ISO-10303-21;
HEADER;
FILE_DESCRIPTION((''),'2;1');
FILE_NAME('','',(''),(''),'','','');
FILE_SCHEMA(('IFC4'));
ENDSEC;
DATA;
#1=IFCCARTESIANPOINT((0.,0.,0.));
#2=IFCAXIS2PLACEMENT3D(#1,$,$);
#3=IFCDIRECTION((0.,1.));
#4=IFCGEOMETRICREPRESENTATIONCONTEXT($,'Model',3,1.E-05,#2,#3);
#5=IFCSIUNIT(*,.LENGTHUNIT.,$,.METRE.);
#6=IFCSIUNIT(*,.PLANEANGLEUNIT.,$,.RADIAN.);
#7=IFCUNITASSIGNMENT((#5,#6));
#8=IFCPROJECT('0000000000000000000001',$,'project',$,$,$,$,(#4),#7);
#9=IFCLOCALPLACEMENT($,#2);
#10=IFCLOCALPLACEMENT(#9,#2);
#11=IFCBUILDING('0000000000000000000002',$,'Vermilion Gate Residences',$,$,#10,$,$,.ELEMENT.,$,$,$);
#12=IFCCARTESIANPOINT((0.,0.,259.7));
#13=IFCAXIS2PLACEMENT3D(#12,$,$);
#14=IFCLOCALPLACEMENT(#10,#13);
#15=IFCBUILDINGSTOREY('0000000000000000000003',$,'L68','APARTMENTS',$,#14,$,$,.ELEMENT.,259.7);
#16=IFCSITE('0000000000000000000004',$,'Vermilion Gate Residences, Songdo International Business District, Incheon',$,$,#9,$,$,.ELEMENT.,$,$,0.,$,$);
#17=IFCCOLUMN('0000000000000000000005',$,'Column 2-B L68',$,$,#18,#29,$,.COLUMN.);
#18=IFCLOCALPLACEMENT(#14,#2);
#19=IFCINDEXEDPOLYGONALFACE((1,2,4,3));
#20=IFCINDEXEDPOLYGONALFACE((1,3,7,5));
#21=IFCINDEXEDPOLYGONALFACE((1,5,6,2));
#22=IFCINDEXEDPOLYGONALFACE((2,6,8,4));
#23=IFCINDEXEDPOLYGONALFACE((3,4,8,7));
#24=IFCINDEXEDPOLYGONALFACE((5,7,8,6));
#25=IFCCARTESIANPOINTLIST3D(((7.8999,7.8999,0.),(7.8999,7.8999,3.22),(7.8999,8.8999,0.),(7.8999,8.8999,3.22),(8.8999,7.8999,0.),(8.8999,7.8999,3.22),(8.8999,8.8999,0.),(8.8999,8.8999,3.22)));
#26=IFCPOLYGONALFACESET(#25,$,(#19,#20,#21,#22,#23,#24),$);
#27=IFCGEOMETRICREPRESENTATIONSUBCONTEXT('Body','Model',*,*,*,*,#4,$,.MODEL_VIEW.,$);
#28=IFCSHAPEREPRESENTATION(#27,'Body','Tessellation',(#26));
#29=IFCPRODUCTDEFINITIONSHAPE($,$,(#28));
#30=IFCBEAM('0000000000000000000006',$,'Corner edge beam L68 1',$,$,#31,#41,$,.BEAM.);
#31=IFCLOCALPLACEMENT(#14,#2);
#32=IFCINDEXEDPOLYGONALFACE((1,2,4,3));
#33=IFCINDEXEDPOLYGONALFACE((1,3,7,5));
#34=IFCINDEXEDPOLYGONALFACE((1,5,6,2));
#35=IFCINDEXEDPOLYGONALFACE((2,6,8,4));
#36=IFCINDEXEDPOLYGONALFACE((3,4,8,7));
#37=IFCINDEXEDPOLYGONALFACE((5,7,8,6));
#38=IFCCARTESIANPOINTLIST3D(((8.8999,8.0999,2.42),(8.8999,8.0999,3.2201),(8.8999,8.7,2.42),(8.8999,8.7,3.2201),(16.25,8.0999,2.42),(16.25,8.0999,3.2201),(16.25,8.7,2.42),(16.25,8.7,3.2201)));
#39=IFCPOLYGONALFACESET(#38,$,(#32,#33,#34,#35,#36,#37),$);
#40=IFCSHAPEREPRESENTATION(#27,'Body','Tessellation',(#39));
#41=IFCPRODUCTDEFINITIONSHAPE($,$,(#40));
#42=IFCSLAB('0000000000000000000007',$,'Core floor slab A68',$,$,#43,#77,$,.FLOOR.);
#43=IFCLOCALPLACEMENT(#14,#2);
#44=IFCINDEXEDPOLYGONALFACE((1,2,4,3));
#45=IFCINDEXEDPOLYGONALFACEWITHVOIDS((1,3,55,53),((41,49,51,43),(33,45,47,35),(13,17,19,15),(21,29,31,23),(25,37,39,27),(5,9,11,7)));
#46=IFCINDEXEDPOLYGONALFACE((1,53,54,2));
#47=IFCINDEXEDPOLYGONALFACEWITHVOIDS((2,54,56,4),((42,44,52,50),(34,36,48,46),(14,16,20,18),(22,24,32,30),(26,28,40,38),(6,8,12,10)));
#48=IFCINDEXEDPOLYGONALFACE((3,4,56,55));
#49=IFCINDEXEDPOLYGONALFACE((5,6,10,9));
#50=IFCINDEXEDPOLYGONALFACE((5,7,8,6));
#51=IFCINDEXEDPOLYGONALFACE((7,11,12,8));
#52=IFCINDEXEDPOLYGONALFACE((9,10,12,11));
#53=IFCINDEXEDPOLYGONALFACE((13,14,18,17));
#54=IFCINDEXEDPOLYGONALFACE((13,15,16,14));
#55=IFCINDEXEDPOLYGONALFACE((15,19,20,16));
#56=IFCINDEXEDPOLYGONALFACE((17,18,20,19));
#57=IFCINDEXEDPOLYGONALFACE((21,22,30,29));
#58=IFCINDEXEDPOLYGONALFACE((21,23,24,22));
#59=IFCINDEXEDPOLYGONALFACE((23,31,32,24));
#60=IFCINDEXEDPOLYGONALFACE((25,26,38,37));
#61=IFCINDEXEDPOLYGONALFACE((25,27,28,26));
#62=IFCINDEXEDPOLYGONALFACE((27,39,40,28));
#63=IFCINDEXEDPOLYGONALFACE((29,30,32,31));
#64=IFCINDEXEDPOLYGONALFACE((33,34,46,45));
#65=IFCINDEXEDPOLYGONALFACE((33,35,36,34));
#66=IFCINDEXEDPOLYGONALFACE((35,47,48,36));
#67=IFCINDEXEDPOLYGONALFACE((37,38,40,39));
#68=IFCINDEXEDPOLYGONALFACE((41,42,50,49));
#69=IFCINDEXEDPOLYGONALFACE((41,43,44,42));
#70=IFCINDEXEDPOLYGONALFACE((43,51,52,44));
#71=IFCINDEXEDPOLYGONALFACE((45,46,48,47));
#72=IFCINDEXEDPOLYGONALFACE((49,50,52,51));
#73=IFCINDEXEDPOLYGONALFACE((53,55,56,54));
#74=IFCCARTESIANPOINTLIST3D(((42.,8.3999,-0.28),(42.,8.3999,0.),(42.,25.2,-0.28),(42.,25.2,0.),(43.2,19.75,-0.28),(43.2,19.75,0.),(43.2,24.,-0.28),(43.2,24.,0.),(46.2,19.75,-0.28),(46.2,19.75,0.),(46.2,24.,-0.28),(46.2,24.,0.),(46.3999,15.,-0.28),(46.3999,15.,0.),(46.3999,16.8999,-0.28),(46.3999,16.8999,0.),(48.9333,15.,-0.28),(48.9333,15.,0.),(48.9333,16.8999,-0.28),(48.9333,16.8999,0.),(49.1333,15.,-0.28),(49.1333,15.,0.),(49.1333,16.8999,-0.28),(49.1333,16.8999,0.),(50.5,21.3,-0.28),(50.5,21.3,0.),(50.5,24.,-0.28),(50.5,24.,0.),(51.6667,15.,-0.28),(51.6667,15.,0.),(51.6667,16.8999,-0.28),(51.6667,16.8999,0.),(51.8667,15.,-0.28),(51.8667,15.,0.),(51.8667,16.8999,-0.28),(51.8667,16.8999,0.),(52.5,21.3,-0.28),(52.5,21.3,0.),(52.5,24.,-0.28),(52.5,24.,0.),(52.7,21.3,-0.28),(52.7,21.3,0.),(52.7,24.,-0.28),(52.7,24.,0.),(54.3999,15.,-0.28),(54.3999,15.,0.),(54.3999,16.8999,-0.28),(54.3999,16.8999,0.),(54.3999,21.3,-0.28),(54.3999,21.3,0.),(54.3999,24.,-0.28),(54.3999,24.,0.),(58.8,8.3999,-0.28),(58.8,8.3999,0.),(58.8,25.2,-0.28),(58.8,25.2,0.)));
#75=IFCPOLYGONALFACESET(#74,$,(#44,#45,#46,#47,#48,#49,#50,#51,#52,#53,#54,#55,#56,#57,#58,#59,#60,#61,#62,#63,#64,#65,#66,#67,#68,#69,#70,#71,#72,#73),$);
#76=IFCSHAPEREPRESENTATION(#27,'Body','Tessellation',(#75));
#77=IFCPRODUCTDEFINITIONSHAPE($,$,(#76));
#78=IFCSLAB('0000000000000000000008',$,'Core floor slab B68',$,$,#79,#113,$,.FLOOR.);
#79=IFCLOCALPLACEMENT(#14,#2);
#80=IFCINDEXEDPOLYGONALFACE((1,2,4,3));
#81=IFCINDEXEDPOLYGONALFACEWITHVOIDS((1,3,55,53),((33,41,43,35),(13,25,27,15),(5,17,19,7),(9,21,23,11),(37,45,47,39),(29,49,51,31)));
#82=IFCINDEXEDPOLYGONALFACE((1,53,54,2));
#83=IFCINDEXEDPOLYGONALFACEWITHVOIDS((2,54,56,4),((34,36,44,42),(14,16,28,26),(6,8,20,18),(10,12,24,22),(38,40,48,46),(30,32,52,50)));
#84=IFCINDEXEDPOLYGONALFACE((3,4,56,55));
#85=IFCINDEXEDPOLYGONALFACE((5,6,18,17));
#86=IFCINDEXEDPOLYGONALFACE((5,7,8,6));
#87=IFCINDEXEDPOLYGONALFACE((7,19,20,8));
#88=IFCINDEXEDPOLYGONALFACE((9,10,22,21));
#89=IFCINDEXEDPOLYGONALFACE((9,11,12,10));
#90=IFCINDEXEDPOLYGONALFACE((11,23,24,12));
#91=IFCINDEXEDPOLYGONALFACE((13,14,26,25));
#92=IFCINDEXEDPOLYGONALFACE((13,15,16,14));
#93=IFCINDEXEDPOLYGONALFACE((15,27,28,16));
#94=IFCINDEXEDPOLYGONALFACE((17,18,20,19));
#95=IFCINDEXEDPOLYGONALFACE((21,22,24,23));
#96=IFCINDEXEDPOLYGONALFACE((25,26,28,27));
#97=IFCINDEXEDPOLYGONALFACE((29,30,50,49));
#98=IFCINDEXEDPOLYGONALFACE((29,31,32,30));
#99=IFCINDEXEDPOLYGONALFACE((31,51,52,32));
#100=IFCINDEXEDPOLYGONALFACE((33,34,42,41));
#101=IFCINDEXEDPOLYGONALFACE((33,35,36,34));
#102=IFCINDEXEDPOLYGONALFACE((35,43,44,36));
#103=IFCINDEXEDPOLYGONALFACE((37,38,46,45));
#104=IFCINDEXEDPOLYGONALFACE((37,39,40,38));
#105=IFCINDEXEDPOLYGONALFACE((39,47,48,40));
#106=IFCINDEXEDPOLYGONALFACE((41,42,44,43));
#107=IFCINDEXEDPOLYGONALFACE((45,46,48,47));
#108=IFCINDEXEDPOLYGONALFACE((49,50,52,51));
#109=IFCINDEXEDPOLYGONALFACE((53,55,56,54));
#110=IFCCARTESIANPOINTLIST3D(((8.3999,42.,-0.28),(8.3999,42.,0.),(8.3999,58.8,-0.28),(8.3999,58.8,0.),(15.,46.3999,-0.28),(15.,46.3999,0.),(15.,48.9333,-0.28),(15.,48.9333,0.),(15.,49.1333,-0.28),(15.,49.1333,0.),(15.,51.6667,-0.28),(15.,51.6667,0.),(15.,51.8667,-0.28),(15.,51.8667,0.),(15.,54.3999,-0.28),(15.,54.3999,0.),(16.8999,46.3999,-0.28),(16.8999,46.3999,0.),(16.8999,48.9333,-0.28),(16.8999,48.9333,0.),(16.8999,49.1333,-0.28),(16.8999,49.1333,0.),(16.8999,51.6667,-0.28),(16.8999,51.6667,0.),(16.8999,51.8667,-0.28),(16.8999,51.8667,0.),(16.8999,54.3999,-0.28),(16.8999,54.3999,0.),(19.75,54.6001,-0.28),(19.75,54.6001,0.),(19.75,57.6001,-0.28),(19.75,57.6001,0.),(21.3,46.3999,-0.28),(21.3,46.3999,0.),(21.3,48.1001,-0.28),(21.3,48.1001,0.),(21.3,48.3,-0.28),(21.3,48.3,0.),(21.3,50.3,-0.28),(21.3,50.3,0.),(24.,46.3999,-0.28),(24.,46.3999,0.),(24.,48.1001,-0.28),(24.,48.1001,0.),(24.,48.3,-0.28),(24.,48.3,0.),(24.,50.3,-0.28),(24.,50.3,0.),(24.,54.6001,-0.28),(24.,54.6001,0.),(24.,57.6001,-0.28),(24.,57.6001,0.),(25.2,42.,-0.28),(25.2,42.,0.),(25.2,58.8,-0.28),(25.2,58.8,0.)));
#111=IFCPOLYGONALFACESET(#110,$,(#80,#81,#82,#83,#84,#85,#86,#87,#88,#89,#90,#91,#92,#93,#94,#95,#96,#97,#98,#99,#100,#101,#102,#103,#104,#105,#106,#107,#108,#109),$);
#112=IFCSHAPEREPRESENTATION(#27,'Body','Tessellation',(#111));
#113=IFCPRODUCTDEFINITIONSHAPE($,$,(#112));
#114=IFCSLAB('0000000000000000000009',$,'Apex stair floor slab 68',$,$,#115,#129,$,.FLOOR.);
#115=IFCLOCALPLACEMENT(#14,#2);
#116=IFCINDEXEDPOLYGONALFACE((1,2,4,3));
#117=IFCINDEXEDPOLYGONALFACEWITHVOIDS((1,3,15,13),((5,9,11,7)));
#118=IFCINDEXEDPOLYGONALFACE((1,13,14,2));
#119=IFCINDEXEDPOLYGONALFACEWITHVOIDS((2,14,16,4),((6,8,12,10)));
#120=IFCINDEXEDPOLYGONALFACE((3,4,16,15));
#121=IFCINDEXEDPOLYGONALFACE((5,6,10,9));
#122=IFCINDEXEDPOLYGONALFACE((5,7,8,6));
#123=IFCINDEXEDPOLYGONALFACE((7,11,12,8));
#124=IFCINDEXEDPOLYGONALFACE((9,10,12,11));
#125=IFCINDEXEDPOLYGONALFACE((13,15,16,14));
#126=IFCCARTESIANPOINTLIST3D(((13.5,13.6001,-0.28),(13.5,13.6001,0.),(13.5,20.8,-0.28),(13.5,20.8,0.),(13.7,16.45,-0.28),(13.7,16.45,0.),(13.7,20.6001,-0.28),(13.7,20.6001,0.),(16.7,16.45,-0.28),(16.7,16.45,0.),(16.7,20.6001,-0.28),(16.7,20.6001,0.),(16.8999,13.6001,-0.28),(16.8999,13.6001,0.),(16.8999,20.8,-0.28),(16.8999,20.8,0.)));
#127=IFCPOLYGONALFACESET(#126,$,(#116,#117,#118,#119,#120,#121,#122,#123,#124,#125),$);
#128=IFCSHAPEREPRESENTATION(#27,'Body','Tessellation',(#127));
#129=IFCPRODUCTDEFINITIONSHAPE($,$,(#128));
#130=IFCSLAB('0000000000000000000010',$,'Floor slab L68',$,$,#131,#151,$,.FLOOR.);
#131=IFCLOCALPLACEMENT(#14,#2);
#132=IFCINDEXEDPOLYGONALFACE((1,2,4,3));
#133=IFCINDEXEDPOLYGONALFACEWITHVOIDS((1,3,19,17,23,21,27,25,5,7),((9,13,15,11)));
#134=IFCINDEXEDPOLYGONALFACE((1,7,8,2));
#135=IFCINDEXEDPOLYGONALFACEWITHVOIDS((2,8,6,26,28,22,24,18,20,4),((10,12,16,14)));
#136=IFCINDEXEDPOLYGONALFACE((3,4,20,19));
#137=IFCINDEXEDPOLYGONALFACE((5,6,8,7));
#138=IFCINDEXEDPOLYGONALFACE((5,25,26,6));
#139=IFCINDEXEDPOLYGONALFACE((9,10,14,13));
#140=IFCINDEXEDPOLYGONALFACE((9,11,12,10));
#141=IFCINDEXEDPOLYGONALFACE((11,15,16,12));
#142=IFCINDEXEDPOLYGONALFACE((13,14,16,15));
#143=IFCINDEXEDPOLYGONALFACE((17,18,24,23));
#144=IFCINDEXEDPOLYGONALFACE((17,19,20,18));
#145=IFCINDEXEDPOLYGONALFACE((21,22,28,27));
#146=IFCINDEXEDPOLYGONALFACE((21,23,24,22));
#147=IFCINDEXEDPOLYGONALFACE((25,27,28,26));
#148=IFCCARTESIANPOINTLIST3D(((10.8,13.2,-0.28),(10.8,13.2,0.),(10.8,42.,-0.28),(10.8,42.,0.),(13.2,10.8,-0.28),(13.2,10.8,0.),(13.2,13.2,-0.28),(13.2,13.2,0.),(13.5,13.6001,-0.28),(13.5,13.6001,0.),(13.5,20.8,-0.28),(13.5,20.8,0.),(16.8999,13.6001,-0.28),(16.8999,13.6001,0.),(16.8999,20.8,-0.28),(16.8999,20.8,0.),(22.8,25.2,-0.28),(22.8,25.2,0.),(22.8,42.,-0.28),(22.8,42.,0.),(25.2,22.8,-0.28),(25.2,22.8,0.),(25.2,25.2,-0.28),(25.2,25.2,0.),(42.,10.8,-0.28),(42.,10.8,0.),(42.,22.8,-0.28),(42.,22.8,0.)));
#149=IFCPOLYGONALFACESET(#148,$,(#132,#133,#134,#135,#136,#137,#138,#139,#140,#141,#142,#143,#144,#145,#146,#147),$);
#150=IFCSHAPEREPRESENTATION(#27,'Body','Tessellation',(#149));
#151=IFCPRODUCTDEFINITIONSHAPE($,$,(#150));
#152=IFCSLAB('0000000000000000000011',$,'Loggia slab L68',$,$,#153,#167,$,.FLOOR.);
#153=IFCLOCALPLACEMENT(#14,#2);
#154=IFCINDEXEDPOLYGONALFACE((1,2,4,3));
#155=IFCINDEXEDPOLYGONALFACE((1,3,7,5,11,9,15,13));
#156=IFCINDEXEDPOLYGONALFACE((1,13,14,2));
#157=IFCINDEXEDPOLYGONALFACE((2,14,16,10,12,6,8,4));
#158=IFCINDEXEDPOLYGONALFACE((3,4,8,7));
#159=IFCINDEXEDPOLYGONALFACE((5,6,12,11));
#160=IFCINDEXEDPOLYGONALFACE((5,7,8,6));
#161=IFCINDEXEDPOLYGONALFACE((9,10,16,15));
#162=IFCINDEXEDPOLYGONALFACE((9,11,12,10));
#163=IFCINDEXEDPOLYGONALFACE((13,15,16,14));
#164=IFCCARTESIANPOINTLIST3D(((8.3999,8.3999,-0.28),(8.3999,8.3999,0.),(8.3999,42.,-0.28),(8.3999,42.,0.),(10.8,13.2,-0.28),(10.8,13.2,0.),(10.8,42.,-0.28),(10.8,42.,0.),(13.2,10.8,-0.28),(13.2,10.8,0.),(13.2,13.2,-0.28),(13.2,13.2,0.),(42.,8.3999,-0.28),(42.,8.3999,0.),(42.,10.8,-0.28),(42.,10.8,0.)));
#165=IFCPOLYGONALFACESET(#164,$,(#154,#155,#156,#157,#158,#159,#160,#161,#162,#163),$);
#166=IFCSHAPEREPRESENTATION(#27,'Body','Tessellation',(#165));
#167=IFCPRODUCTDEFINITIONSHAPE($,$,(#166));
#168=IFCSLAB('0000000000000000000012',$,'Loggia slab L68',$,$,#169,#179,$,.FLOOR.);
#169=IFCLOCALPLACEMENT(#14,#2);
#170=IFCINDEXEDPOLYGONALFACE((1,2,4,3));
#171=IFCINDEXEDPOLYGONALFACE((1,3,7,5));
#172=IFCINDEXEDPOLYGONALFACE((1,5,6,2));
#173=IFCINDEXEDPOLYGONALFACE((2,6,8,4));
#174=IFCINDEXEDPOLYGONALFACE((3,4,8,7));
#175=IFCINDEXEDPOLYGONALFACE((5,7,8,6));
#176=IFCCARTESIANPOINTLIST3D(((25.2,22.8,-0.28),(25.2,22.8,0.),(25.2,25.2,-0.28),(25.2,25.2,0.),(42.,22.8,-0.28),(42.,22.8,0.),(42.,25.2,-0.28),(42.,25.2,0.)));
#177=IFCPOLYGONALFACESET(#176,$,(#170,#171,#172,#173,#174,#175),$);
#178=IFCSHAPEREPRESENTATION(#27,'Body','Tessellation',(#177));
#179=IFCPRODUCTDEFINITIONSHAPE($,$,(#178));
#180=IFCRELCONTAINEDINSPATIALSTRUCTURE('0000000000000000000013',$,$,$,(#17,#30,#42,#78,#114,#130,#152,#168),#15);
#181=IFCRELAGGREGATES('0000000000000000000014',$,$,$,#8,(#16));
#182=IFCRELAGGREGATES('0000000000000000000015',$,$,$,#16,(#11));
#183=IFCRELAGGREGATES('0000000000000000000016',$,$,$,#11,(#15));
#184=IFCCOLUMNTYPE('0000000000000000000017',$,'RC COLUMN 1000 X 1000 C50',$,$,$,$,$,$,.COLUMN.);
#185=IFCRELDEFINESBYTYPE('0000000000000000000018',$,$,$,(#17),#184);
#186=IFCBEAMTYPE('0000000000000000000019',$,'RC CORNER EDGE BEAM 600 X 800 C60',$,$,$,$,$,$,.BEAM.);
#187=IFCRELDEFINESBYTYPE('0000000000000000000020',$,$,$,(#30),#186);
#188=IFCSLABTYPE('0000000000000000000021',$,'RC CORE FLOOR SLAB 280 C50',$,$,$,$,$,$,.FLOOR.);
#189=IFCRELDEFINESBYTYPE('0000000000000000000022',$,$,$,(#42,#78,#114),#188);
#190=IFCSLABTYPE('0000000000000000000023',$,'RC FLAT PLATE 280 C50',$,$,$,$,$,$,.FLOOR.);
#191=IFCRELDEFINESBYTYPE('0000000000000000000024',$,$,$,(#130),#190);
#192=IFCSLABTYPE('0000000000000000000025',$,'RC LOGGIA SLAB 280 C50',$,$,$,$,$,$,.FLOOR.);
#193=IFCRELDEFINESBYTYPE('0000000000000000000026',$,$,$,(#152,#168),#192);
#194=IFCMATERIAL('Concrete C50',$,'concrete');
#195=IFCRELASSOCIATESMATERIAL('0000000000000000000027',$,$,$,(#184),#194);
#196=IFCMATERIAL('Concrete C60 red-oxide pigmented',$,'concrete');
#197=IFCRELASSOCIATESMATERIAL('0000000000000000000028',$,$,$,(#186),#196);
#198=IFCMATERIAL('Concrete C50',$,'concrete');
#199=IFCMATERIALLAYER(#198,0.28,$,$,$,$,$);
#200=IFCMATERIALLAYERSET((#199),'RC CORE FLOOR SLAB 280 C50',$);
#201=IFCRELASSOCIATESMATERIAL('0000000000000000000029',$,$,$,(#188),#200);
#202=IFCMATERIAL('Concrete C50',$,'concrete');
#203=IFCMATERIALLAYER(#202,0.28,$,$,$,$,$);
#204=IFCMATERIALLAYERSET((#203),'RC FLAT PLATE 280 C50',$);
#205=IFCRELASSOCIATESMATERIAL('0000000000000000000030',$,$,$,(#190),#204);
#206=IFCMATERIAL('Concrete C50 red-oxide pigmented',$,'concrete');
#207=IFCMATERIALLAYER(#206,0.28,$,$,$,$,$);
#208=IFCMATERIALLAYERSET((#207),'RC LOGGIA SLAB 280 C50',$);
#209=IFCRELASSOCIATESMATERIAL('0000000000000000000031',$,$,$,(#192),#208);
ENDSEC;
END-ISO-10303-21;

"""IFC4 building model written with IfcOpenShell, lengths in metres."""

from ifc_helpers import new_model, si_unit, direction, frame, origin, origin_2d, place, context, subcontext, project, spatial, polyline, rectangle, outline, extrude, material, layer, layer_set, material_profile, profile_set, type_object, element, save


model = new_model("IFC4")

# Units and contexts
model_context = context("Model", 3, precision=1e-05, world=origin(), true_north=direction((0.0, 1.0)))
body_context = subcontext(model_context, "Body", "Model", "MODEL_VIEW")
ifc_project = project(units=[si_unit("LENGTHUNIT", "METRE"), si_unit("PLANEANGLEUNIT", "RADIAN")], contexts=[model_context])

# Site, building, storey
site_placement = place(None, origin())
site = spatial("IfcSite", under=ifc_project, at=site_placement, Name="Vermilion Gate Residences, Songdo International Business District, Incheon", CompositionType="ELEMENT", RefElevation=0.0)
building_placement = place(site_placement, origin())
building = spatial("IfcBuilding", under=site, at=building_placement, Name="Vermilion Gate Residences", CompositionType="ELEMENT")
storey_placement = place(building_placement, frame((0.0, 0.0, 259.7)))
storey = spatial("IfcBuildingStorey", under=building, at=storey_placement, Name="L68", Description="APARTMENTS", CompositionType="ELEMENT", Elevation=259.7)

# Column
ifc_material_1 = material(Name="Concrete C50", Category="concrete")
ifc_material_profile_1 = material_profile(ifc_material_1, rectangle(XDim=1.0, YDim=1.0, at=origin_2d()), Name="RC-1000x1000")
ifc_profile_set_1 = profile_set([ifc_material_profile_1], Name="Concrete C50")
column_type = type_object("IfcColumnType", Name="RC COLUMN 1000 X 1000 C50", PredefinedType="COLUMN", material=ifc_profile_set_1)
column_placement = place(storey_placement, frame((8.3999, 8.3999, 0.0), z_axis=(0.0, 0.0, 1.0), x_axis=(1.0, 0.0, 0.0)))
element("IfcColumn", 1, at=column_placement, inside=storey, type_object=column_type, Name="Column 2-B L68", PredefinedType="COLUMN", context=body_context, shape_type="SweptSolid", body=[
    extrude(rectangle(XDim=1.0, YDim=1.0, at=origin_2d()), origin(), (0.0, 0.0, 1.0), 3.22),
])

# Beam
ifc_material_2 = material(Name="Concrete C60 red-oxide pigmented", Category="concrete")
ifc_material_profile_2 = material_profile(ifc_material_2, rectangle(XDim=0.6001, YDim=0.8, at=origin_2d()), Name="RC-600x800")
ifc_profile_set_2 = profile_set([ifc_material_profile_2], Name="Concrete C60 red-oxide pigmented")
beam_type = type_object("IfcBeamType", Name="RC CORNER EDGE BEAM 600 X 800 C60", PredefinedType="BEAM", material=ifc_profile_set_2)
beam_placement = place(storey_placement, frame((8.8999, 8.3999, 2.8201), z_axis=(1.0, 0.0, 0.0), x_axis=(0.0, 1.0, 0.0)))
element("IfcBeam", 2, at=beam_placement, inside=storey, type_object=beam_type, Name="Corner edge beam L68 1", PredefinedType="BEAM", context=body_context, shape_type="SweptSolid", body=[
    extrude(rectangle(XDim=0.6001, YDim=0.8, at=origin_2d()), origin(), (0.0, 0.0, 1.0), 7.3501),
])

# Slabs
ifc_material_3 = material(Name="Concrete C50", Category="concrete")
ifc_layer_1 = layer(ifc_material_3, 0.28)
ifc_layer_set_1 = layer_set([ifc_layer_1], Name="RC CORE FLOOR SLAB 280 C50")
slab_type_1 = type_object("IfcSlabType", Name="RC CORE FLOOR SLAB 280 C50", PredefinedType="FLOOR", material=ifc_layer_set_1)
slab_1_placement = place(storey_placement, frame((0.0, 0.0, -0.28)))
element("IfcSlab", 3, at=slab_1_placement, inside=storey, type_object=slab_type_1, Name="Core floor slab A68", PredefinedType="FLOOR", context=body_context, shape_type="SweptSolid", body=[
    extrude(outline(polyline([(42.0, 8.3999), (58.8, 8.3999), (58.8, 25.2), (42.0, 25.2), (42.0, 8.3999)]), holes=[polyline([(46.3999, 15.0), (46.3999, 16.8999), (48.9333, 16.8999), (48.9333, 15.0), (46.3999, 15.0)]), polyline([(49.1333, 16.8999), (51.6667, 16.8999), (51.6667, 15.0), (49.1333, 15.0), (49.1333, 16.8999)]), polyline([(51.8667, 16.8999), (54.3999, 16.8999), (54.3999, 15.0), (51.8667, 15.0), (51.8667, 16.8999)]), polyline([(43.2, 19.75), (43.2, 24.0), (46.2, 24.0), (46.2, 19.75), (43.2, 19.75)]), polyline([(50.5, 24.0), (52.5, 24.0), (52.5, 21.3), (50.5, 21.3), (50.5, 24.0)]), polyline([(52.7, 24.0), (54.3999, 24.0), (54.3999, 21.3), (52.7, 21.3), (52.7, 24.0)])]), origin(), (0.0, 0.0, 1.0), 0.28),
])
slab_2_placement = place(storey_placement, frame((0.0, 0.0, -0.28)))
element("IfcSlab", 4, at=slab_2_placement, inside=storey, type_object=slab_type_1, Name="Core floor slab B68", PredefinedType="FLOOR", context=body_context, shape_type="SweptSolid", body=[
    extrude(outline(polyline([(8.3999, 42.0), (25.2, 42.0), (25.2, 58.8), (8.3999, 58.8), (8.3999, 42.0)]), holes=[polyline([(21.3, 46.3999), (21.3, 48.1001), (24.0, 48.1001), (24.0, 46.3999), (21.3, 46.3999)]), polyline([(15.0, 48.9333), (16.8999, 48.9333), (16.8999, 46.3999), (15.0, 46.3999), (15.0, 48.9333)]), polyline([(21.3, 50.3), (24.0, 50.3), (24.0, 48.3), (21.3, 48.3), (21.3, 50.3)]), polyline([(15.0, 49.1333), (15.0, 51.6667), (16.8999, 51.6667), (16.8999, 49.1333), (15.0, 49.1333)]), polyline([(15.0, 54.3999), (16.8999, 54.3999), (16.8999, 51.8667), (15.0, 51.8667), (15.0, 54.3999)]), polyline([(19.75, 57.6001), (24.0, 57.6001), (24.0, 54.6001), (19.75, 54.6001), (19.75, 57.6001)])]), origin(), (0.0, 0.0, 1.0), 0.28),
])
slab_3_placement = place(storey_placement, frame((0.0, 0.0, -0.28)))
element("IfcSlab", 5, at=slab_3_placement, inside=storey, type_object=slab_type_1, Name="Apex stair floor slab 68", PredefinedType="FLOOR", context=body_context, shape_type="SweptSolid", body=[
    extrude(outline(polyline([(13.5, 13.6001), (16.8999, 13.6001), (16.8999, 20.8), (13.5, 20.8), (13.5, 13.6001)]), holes=[polyline([(16.7, 20.6001), (16.7, 16.45), (13.7, 16.45), (13.7, 20.6001), (16.7, 20.6001)])]), origin(), (0.0, 0.0, 1.0), 0.28),
])
ifc_material_4 = material(Name="Concrete C50", Category="concrete")
ifc_layer_2 = layer(ifc_material_4, 0.28)
ifc_layer_set_2 = layer_set([ifc_layer_2], Name="RC FLAT PLATE 280 C50")
slab_type_2 = type_object("IfcSlabType", Name="RC FLAT PLATE 280 C50", PredefinedType="FLOOR", material=ifc_layer_set_2)
slab_4_placement = place(storey_placement, frame((0.0, 0.0, -0.28)))
element("IfcSlab", 6, at=slab_4_placement, inside=storey, type_object=slab_type_2, Name="Floor slab L68", PredefinedType="FLOOR", context=body_context, shape_type="SweptSolid", body=[
    extrude(outline(polyline([(22.8, 25.2), (22.8, 42.0), (10.8, 42.0), (10.8, 13.2), (13.2, 13.2), (13.2, 10.8), (42.0, 10.8), (42.0, 22.8), (25.2, 22.8), (25.2, 25.2), (22.8, 25.2)]), holes=[polyline([(13.5, 13.6001), (13.5, 20.8), (16.8999, 20.8), (16.8999, 13.6001), (13.5, 13.6001)])]), origin(), (0.0, 0.0, 1.0), 0.28),
])
ifc_material_5 = material(Name="Concrete C50 red-oxide pigmented", Category="concrete")
ifc_layer_3 = layer(ifc_material_5, 0.28)
ifc_layer_set_3 = layer_set([ifc_layer_3], Name="RC LOGGIA SLAB 280 C50")
slab_type_3 = type_object("IfcSlabType", Name="RC LOGGIA SLAB 280 C50", PredefinedType="FLOOR", material=ifc_layer_set_3)
slab_5_placement = place(storey_placement, frame((0.0, 0.0, -0.28)))
element("IfcSlab", 7, at=slab_5_placement, inside=storey, type_object=slab_type_3, Name="Loggia slab L68", PredefinedType="FLOOR", context=body_context, shape_type="SweptSolid", body=[
    extrude(outline(polyline([(8.3999, 8.3999), (42.0, 8.3999), (42.0, 10.8), (13.2, 10.8), (13.2, 13.2), (10.8, 13.2), (10.8, 42.0), (8.3999, 42.0), (8.3999, 8.3999)])), origin(), (0.0, 0.0, 1.0), 0.28),
])
slab_6_placement = place(storey_placement, frame((0.0, 0.0, -0.28)))
element("IfcSlab", 8, at=slab_6_placement, inside=storey, type_object=slab_type_3, Name="Loggia slab L68", PredefinedType="FLOOR", context=body_context, shape_type="SweptSolid", body=[
    extrude(outline(polyline([(25.2, 22.8), (42.0, 22.8), (42.0, 25.2), (25.2, 25.2), (25.2, 22.8)])), origin(), (0.0, 0.0, 1.0), 0.28),
])

save(model, "model.ifc")
